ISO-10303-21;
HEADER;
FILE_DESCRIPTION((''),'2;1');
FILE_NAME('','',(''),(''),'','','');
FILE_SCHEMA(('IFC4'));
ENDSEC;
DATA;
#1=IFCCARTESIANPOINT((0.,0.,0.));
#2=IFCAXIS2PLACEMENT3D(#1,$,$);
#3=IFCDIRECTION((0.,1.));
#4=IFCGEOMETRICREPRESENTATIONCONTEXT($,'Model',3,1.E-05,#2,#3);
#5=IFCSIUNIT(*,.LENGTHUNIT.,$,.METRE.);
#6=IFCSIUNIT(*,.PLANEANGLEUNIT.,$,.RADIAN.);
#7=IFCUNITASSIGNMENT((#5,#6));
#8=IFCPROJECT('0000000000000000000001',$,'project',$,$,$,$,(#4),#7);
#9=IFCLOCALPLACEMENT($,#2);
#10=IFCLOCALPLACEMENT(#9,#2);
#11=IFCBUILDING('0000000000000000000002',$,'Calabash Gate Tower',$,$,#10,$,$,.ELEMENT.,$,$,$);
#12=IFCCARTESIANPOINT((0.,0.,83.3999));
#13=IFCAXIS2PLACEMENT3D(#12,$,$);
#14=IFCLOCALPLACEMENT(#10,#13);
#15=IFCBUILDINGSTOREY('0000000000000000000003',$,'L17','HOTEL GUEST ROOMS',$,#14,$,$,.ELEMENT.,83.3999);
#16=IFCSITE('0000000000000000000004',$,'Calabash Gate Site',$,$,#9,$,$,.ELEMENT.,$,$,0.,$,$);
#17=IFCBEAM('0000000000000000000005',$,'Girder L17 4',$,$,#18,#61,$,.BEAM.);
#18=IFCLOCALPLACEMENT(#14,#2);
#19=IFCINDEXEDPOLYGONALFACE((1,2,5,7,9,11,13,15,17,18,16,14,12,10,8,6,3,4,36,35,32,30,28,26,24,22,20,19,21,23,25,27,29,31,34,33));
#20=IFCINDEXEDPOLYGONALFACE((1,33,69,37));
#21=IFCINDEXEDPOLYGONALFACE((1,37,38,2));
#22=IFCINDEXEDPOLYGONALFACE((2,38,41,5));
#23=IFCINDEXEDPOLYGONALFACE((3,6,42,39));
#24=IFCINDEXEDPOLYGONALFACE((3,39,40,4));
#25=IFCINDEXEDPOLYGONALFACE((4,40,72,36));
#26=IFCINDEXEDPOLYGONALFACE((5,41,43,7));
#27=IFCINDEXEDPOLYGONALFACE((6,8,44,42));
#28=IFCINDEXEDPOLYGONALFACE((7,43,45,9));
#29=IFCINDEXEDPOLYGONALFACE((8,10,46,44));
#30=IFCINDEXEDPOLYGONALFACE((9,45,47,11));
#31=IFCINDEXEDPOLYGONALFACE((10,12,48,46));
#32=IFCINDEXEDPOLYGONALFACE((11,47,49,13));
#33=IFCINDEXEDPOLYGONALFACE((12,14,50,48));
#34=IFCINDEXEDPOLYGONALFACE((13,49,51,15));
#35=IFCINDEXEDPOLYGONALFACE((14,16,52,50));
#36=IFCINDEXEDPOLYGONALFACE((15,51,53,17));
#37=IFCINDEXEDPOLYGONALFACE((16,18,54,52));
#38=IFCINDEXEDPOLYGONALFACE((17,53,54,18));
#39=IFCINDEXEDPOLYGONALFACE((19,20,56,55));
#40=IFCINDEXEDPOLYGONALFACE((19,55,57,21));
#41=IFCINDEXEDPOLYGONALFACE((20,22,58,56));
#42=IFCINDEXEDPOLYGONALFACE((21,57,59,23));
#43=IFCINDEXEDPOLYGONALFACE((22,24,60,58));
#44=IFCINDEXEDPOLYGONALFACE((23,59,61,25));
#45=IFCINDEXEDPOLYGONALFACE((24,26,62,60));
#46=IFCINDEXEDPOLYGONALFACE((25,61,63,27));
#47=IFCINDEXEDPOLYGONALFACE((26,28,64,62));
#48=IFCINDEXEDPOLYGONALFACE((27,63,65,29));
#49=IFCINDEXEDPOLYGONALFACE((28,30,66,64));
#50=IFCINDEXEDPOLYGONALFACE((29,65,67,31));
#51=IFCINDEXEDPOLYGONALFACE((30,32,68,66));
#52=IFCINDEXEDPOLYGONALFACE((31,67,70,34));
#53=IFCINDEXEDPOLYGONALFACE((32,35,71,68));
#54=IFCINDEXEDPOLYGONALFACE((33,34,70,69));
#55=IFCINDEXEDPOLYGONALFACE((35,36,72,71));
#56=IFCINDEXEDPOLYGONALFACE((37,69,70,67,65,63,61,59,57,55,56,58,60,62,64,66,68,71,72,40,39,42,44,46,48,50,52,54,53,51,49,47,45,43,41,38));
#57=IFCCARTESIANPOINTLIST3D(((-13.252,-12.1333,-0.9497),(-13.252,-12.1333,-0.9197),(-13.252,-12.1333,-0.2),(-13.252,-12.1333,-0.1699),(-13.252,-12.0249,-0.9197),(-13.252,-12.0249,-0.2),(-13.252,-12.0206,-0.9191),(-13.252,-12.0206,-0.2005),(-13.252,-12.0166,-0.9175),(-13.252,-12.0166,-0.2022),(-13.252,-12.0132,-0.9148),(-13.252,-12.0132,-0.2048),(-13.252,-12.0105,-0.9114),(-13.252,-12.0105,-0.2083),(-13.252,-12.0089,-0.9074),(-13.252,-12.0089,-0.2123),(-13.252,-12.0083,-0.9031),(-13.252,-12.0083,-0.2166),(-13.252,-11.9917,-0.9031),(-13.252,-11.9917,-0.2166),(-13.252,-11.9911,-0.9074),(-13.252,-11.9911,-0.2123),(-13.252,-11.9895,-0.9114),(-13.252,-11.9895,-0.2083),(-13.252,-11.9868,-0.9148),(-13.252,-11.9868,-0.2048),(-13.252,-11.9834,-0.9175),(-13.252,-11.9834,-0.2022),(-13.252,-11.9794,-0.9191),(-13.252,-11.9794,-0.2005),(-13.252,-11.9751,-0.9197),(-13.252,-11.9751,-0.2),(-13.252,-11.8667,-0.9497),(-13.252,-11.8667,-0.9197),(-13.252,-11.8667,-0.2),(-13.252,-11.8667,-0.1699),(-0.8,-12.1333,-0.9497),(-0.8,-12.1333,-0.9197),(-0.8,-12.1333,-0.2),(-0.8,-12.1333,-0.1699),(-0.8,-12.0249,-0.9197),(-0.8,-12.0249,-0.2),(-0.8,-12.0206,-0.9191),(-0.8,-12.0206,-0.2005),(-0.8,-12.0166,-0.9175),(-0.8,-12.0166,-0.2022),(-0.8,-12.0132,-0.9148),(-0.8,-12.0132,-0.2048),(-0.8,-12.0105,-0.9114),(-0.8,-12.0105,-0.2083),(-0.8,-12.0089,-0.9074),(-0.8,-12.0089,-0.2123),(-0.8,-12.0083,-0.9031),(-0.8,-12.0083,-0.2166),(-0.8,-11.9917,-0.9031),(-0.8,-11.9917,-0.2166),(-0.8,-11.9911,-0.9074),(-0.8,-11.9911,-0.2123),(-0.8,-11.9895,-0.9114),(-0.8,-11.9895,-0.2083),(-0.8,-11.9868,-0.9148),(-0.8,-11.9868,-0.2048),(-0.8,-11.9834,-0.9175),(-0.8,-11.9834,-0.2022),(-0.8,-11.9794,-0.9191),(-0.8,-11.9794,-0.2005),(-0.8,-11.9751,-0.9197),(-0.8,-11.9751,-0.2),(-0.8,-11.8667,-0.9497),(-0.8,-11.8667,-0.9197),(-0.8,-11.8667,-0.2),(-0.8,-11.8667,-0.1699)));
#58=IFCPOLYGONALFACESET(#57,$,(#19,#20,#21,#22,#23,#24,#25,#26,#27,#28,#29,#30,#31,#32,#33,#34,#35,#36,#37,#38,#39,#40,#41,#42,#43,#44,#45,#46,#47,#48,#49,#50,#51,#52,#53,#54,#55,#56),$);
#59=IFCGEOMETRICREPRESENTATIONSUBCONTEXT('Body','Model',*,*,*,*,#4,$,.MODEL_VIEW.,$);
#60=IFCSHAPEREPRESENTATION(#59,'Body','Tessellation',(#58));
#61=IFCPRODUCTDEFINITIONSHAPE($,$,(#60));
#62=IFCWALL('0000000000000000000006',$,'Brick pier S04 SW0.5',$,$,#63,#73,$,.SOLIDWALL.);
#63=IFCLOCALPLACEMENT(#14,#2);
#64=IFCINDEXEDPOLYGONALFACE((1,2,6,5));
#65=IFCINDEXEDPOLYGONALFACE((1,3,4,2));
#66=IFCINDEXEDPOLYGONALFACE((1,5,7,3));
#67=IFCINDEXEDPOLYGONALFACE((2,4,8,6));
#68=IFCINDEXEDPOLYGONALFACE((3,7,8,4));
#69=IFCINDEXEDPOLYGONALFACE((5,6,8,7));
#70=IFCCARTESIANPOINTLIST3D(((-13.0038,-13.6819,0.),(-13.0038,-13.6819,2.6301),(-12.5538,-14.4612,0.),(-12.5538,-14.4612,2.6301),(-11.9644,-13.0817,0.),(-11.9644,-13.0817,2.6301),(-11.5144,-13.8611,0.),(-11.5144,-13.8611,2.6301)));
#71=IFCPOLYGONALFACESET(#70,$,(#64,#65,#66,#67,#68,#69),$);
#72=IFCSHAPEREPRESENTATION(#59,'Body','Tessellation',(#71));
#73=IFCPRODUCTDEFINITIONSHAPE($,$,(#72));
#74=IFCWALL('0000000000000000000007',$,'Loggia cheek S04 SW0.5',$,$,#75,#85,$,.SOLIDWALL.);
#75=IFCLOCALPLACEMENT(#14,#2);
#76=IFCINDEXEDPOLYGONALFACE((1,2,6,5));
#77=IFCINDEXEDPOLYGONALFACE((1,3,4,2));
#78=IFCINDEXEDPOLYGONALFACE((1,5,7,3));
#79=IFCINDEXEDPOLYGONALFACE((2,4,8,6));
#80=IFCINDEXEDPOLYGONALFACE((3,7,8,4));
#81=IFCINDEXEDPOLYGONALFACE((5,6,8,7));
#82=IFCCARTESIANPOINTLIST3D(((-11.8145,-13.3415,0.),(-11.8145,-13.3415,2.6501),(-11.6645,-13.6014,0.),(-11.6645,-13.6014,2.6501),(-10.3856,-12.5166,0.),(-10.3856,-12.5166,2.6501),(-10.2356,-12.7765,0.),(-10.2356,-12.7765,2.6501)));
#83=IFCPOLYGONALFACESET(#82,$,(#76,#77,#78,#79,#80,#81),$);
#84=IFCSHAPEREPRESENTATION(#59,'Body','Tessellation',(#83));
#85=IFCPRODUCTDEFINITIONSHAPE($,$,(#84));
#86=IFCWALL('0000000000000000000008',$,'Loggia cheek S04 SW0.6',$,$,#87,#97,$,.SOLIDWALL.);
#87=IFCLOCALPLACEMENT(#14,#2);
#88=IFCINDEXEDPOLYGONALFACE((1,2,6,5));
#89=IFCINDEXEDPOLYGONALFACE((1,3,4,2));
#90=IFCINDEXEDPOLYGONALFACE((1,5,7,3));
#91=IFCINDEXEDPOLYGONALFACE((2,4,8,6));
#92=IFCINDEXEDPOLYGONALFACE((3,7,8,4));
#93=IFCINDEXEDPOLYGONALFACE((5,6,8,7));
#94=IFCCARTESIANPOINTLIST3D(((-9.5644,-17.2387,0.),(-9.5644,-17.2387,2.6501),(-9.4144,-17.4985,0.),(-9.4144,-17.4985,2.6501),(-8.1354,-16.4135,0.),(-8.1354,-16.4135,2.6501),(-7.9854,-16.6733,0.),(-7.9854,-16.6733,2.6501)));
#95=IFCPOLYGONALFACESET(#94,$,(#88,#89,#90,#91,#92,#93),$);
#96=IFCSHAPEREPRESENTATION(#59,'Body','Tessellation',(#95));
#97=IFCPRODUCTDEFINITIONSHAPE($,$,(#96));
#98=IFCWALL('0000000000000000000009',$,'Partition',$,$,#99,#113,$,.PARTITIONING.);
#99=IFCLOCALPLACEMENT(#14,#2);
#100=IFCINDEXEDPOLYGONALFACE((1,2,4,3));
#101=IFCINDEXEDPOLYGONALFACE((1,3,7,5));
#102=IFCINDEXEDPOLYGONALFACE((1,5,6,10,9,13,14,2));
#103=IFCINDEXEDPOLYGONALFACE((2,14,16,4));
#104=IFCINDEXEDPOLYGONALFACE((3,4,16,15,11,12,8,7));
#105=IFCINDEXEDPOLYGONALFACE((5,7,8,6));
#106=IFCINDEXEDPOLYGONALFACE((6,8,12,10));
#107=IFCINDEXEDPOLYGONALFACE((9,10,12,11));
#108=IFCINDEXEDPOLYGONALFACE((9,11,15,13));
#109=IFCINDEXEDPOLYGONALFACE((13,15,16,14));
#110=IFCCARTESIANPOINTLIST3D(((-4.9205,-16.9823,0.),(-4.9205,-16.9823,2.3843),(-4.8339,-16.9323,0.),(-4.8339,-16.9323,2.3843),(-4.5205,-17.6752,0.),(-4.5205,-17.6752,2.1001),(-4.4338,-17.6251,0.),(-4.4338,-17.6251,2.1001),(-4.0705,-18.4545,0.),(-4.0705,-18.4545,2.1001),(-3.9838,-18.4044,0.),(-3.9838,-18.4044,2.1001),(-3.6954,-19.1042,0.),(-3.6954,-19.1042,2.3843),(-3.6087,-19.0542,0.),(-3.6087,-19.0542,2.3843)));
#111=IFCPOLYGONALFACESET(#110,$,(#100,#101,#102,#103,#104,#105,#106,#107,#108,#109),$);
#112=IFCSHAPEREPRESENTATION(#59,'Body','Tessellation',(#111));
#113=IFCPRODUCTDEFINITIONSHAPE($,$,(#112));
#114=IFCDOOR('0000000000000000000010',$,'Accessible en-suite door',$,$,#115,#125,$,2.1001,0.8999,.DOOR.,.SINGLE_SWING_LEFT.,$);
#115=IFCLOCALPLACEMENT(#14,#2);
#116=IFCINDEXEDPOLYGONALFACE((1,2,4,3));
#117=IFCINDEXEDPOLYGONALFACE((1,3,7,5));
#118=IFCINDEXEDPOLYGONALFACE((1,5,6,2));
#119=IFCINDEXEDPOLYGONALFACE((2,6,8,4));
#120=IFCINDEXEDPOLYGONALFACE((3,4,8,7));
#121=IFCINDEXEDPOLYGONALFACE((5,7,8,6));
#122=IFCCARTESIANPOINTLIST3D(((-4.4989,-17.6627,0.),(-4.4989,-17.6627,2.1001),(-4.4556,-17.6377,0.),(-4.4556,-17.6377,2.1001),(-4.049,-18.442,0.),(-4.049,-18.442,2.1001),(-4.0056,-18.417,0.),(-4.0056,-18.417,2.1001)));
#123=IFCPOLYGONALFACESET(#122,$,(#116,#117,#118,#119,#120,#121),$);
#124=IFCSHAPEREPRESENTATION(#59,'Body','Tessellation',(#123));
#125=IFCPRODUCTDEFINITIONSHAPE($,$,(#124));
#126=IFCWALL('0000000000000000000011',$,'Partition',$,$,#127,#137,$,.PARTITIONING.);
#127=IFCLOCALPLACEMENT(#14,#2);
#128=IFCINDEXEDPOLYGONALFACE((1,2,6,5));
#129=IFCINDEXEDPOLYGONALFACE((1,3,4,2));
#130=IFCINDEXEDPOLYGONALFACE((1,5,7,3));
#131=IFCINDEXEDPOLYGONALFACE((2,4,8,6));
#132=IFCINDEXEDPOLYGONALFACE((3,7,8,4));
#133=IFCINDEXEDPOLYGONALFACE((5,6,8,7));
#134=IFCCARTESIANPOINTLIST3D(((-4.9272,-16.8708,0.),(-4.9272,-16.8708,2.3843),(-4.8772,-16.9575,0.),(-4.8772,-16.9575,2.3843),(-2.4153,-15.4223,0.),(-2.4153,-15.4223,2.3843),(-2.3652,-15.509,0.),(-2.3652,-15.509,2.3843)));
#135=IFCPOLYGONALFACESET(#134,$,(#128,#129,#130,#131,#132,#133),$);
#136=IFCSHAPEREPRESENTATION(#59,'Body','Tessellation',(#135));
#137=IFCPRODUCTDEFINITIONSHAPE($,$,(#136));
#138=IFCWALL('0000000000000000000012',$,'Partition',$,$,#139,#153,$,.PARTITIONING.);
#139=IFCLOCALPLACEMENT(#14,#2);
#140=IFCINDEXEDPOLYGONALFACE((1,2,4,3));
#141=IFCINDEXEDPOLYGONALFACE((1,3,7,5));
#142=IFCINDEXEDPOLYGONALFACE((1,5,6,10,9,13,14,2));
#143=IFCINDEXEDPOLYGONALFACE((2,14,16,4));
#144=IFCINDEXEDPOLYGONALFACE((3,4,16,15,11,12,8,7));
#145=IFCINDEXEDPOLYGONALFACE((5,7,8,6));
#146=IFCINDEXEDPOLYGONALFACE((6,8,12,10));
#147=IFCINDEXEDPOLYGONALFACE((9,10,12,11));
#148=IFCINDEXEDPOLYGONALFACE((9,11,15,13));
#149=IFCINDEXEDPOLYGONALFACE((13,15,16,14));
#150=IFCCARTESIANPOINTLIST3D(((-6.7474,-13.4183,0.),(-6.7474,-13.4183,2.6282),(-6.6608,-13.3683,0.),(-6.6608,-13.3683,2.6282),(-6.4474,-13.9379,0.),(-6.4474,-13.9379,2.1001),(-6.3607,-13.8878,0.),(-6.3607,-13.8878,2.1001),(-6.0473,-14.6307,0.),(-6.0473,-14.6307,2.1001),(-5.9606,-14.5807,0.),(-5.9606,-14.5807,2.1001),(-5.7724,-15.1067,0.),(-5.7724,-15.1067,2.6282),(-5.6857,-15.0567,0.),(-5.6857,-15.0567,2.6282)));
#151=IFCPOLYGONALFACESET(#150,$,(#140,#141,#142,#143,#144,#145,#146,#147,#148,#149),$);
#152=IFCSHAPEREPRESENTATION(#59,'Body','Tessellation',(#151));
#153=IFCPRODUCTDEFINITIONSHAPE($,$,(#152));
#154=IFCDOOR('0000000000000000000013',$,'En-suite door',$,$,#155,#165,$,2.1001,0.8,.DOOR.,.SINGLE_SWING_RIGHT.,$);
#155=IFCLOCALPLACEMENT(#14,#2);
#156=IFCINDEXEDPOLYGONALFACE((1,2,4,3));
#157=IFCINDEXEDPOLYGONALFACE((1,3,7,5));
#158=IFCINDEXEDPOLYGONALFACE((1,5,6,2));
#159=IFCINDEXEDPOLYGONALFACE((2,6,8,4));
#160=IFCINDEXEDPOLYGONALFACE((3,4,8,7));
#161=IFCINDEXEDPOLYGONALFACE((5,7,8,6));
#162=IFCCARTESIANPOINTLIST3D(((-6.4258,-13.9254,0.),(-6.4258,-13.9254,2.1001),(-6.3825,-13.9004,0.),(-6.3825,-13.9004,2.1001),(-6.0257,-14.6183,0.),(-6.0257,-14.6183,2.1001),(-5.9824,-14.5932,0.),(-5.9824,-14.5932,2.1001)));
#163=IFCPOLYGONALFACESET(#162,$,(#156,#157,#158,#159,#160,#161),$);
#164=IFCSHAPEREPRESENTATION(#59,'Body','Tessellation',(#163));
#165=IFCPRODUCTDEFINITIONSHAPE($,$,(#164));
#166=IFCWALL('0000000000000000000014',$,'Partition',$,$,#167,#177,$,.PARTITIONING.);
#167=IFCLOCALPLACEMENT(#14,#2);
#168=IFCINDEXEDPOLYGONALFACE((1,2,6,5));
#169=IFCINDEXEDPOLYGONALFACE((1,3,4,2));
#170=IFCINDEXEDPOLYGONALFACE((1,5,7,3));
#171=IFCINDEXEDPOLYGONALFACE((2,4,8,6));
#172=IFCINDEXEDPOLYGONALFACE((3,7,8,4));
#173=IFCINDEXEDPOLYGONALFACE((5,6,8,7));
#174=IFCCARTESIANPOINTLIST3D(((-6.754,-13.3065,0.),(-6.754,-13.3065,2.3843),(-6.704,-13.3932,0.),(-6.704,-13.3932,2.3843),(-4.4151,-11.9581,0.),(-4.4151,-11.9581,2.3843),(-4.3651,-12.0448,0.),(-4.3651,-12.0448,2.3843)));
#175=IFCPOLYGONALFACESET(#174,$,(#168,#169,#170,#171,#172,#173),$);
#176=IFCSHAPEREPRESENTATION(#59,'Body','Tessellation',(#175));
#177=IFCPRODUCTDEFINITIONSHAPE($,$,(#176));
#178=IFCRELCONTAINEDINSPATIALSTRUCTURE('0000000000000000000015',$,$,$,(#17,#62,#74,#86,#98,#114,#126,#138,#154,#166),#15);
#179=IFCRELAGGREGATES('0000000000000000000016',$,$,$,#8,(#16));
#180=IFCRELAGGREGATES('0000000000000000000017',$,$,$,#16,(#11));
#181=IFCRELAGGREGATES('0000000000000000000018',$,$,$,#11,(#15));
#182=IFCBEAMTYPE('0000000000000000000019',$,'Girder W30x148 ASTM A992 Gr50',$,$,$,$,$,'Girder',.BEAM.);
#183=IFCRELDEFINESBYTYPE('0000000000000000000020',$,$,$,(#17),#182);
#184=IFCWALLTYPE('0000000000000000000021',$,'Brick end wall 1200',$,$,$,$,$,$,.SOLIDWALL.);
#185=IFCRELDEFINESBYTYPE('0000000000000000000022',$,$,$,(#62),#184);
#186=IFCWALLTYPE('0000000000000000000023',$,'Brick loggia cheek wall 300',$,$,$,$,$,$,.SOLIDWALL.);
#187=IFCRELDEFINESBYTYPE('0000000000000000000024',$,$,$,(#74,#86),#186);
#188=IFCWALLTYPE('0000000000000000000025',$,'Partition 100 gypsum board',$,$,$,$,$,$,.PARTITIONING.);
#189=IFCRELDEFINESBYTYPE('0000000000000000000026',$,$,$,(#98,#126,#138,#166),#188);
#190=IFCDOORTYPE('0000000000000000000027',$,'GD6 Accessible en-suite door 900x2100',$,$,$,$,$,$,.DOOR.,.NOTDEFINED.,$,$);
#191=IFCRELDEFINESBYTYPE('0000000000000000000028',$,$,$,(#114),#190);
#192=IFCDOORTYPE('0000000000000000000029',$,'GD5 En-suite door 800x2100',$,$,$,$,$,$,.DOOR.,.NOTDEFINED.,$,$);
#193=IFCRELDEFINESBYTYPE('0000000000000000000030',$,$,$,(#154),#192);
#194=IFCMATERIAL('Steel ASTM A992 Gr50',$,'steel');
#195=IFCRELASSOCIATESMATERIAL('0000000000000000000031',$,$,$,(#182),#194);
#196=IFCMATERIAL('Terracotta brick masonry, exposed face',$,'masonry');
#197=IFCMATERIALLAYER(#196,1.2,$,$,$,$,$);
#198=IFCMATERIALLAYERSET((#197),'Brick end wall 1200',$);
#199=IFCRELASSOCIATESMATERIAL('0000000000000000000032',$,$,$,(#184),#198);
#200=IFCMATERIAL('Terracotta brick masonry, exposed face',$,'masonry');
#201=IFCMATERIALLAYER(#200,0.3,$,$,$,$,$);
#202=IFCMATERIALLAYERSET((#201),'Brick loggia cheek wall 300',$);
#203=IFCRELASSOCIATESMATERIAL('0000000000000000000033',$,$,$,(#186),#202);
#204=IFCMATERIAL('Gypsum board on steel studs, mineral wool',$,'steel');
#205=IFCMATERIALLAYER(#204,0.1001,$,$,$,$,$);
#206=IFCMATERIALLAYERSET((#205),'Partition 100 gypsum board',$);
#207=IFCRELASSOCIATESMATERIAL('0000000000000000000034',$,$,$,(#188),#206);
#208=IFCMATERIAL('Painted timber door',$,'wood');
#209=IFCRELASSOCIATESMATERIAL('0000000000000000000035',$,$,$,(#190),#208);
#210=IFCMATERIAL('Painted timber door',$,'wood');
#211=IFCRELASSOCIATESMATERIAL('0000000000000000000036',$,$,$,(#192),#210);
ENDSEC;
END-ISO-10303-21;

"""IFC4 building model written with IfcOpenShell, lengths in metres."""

from ifc_helpers import new_model, si_unit, direction, frame, frame_2d, origin, origin_2d, place, context, subcontext, project, spatial, rectangle, i_section, extrude, material, layer, layer_set, material_profile, profile_set, type_object, element, fill, save


model = new_model("IFC4")

# Units and contexts
model_context = context("Model", 3, precision=1e-05, world=origin(), true_north=direction((0.0, 1.0)))
body_context = subcontext(model_context, "Body", "Model", "MODEL_VIEW")
ifc_project = project(units=[si_unit("LENGTHUNIT", "METRE"), si_unit("PLANEANGLEUNIT", "RADIAN")], contexts=[model_context])

# Site, building, storey
site_placement = place(None, origin())
site = spatial("IfcSite", under=ifc_project, at=site_placement, Name="Calabash Gate Site", CompositionType="ELEMENT", RefElevation=0.0)
building_placement = place(site_placement, origin())
building = spatial("IfcBuilding", under=site, at=building_placement, Name="Calabash Gate Tower", CompositionType="ELEMENT")
storey_placement = place(building_placement, frame((0.0, 0.0, 83.3999)))
storey = spatial("IfcBuildingStorey", under=building, at=storey_placement, Name="L17", Description="HOTEL GUEST ROOMS", CompositionType="ELEMENT", Elevation=83.3999)

# Beam
ifc_material_1 = material(Name="Steel ASTM A992 Gr50", Category="steel")
ifc_material_profile_1 = material_profile(ifc_material_1, i_section(OverallWidth=0.2666, OverallDepth=0.7798, WebThickness=0.0166, FlangeThickness=0.03, FilletRadius=0.0166, at=origin_2d()))
ifc_profile_set_1 = profile_set([ifc_material_profile_1], Name="Steel ASTM A992 Gr50")
beam_type_1 = type_object("IfcBeamType", Name="Girder W30x148 ASTM A992 Gr50", ElementType="Girder", PredefinedType="BEAM", material=ifc_profile_set_1)
beam_1_placement = place(storey_placement, frame((-13.252, -12.0, -0.5598), z_axis=(1.0, 0.0, 0.0), x_axis=(0.0, 1.0, 0.0)))
element("IfcBeam", 1, at=beam_1_placement, inside=storey, type_object=beam_type_1, Name="Girder L17 4", PredefinedType="BEAM", context=body_context, shape_type="SweptSolid", body=[
    extrude(i_section(OverallWidth=0.2666, OverallDepth=0.7798, WebThickness=0.0166, FlangeThickness=0.03, FilletRadius=0.0166, at=origin_2d()), origin(), (0.0, 0.0, 1.0), 12.4519),
])

# Walls
ifc_material_2 = material(Name="Terracotta brick masonry, exposed face", Category="masonry")
ifc_layer_1 = layer(ifc_material_2, 1.2)
ifc_layer_set_1 = layer_set([ifc_layer_1], Name="Brick end wall 1200")
wall_type_1 = type_object("IfcWallType", Name="Brick end wall 1200", PredefinedType="SOLIDWALL", material=ifc_layer_set_1)
wall_1_placement = place(storey_placement, frame((-12.7788, -14.0715, 0.0), z_axis=(0.0, 0.0, 1.0), x_axis=(0.866006, 0.500034, 0.0)))
element("IfcWall", 2, at=wall_1_placement, inside=storey, type_object=wall_type_1, Name="Brick pier S04 SW0.5", PredefinedType="SOLIDWALL", context=body_context, shape_type="SweptSolid", body=[
    extrude(rectangle(XDim=1.2002, YDim=0.8999, at=frame_2d((0.6001, 0.0))), origin(), (0.0, 0.0, 1.0), 2.6301),
])
ifc_material_3 = material(Name="Terracotta brick masonry, exposed face", Category="masonry")
ifc_layer_2 = layer(ifc_material_3, 0.3)
ifc_layer_set_2 = layer_set([ifc_layer_2], Name="Brick loggia cheek wall 300")
wall_type_2 = type_object("IfcWallType", Name="Brick loggia cheek wall 300", PredefinedType="SOLIDWALL", material=ifc_layer_set_2)
wall_2_placement = place(storey_placement, frame((-11.7395, -13.4714, 0.0), z_axis=(0.0, 0.0, 1.0), x_axis=(0.86604, 0.499974, 0.0)))
element("IfcWall", 3, at=wall_2_placement, inside=storey, type_object=wall_type_2, Name="Loggia cheek S04 SW0.5", PredefinedType="SOLIDWALL", context=body_context, shape_type="SweptSolid", body=[
    extrude(rectangle(XDim=1.6499, YDim=0.3, at=frame_2d((0.825, 0.0))), origin(), (0.0, 0.0, 1.0), 2.6501),
])
wall_3_placement = place(storey_placement, frame((-9.4895, -17.3687, 0.0), z_axis=(0.0, 0.0, 1.0), x_axis=(0.865976, 0.500085, 0.0)))
element("IfcWall", 4, at=wall_3_placement, inside=storey, type_object=wall_type_2, Name="Loggia cheek S04 SW0.6", PredefinedType="SOLIDWALL", context=body_context, shape_type="SweptSolid", body=[
    extrude(rectangle(XDim=1.6501, YDim=0.3, at=frame_2d((0.8252, 0.0))), origin(), (0.0, 0.0, 1.0), 2.6501),
])

# Wall, opening, door
ifc_material_4 = material(Name="Gypsum board on steel studs, mineral wool", Category="steel")
ifc_layer_3 = layer(ifc_material_4, 0.1001)
ifc_layer_set_3 = layer_set([ifc_layer_3], Name="Partition 100 gypsum board")
wall_type_3 = type_object("IfcWallType", Name="Partition 100 gypsum board", PredefinedType="PARTITIONING", material=ifc_layer_set_3)
wall_4_placement = place(storey_placement, frame((-4.8772, -16.9573, 0.0), z_axis=(0.0, 0.0, 1.0), x_axis=(0.500019, -0.866015, 0.0)))
wall_4 = element("IfcWall", 5, at=wall_4_placement, inside=storey, type_object=wall_type_3, Name="Partition", PredefinedType="PARTITIONING", context=body_context, shape_type="SweptSolid", body=[
    extrude(rectangle(XDim=2.4502, YDim=0.1001, at=frame_2d((1.2251, 0.0))), origin(), (0.0, 0.0, 1.0), 2.3843),
])
opening_1_placement = place(wall_4_placement, frame((0.8, 0.0, 0.0)))
opening_1 = element("IfcOpeningElement", 6, at=opening_1_placement, cuts=wall_4, PredefinedType="OPENING", context=body_context, shape_type="SweptSolid", body=[
    extrude(rectangle(XDim=0.8999, YDim=2.1001, at=frame_2d((0.45, 1.05))), frame((0.0, 0.0601, 0.0), z_axis=(0.0, -1.0, 0.0), x_axis=(1.0, 0.0, 0.0)), (0.0, 0.0, 1.0), 0.1201),
])
ifc_material_5 = material(Name="Painted timber door", Category="wood")
door_type_1 = type_object("IfcDoorType", Name="GD6 Accessible en-suite door 900x2100", OperationType="NOTDEFINED", PredefinedType="DOOR", material=ifc_material_5)
door_1_placement = place(opening_1_placement, origin())
door_1 = element("IfcDoor", 7, at=door_1_placement, inside=storey, type_object=door_type_1, Name="Accessible en-suite door", OperationType="SINGLE_SWING_LEFT", OverallHeight=2.1001, OverallWidth=0.8999, PredefinedType="DOOR", context=body_context, shape_type="SweptSolid", body=[
    extrude(rectangle(XDim=0.8999, YDim=2.1001, at=frame_2d((0.45, 1.05))), frame((0.0, 0.0249, 0.0), z_axis=(0.0, -1.0, 0.0), x_axis=(1.0, 0.0, 0.0)), (0.0, 0.0, 1.0), 0.05),
])
fill(opening_1, door_1)

# Wall
wall_5_placement = place(storey_placement, frame((-4.9021, -16.9141, 0.0), z_axis=(0.0, 0.0, 1.0), x_axis=(0.866293, 0.499535, 0.0)))
element("IfcWall", 8, at=wall_5_placement, inside=storey, type_object=wall_type_3, Name="Partition", PredefinedType="PARTITIONING", context=body_context, shape_type="SweptSolid", body=[
    extrude(rectangle(XDim=2.8997, YDim=0.1001, at=frame_2d((1.4497, 0.0))), origin(), (0.0, 0.0, 1.0), 2.3843),
])

# Wall, opening, door
wall_6_placement = place(storey_placement, frame((-6.7041, -13.3933, 0.0), z_axis=(0.0, 0.0, 1.0), x_axis=(0.500098, -0.865969, 0.0)))
wall_6 = element("IfcWall", 9, at=wall_6_placement, inside=storey, type_object=wall_type_3, Name="Partition", PredefinedType="PARTITIONING", context=body_context, shape_type="SweptSolid", body=[
    extrude(rectangle(XDim=1.9497, YDim=0.1001, at=frame_2d((0.9749, 0.0))), origin(), (0.0, 0.0, 1.0), 2.6282),
])
opening_2_placement = place(wall_6_placement, frame((0.6001, 0.0, 0.0)))
opening_2 = element("IfcOpeningElement", 10, at=opening_2_placement, cuts=wall_6, PredefinedType="OPENING", context=body_context, shape_type="SweptSolid", body=[
    extrude(rectangle(XDim=0.8, YDim=2.1001, at=frame_2d((0.3999, 1.05))), frame((0.0, 0.0601, 0.0), z_axis=(0.0, -1.0, 0.0), x_axis=(1.0, 0.0, 0.0)), (0.0, 0.0, 1.0), 0.1201),
])
ifc_material_6 = material(Name="Painted timber door", Category="wood")
door_type_2 = type_object("IfcDoorType", Name="GD5 En-suite door 800x2100", OperationType="NOTDEFINED", PredefinedType="DOOR", material=ifc_material_6)
door_2_placement = place(opening_2_placement, origin())
door_2 = element("IfcDoor", 11, at=door_2_placement, inside=storey, type_object=door_type_2, Name="En-suite door", OperationType="SINGLE_SWING_RIGHT", OverallHeight=2.1001, OverallWidth=0.8, PredefinedType="DOOR", context=body_context, shape_type="SweptSolid", body=[
    extrude(rectangle(XDim=0.8, YDim=2.1001, at=frame_2d((0.3999, 1.05))), frame((0.0, 0.0249, 0.0), z_axis=(0.0, -1.0, 0.0), x_axis=(1.0, 0.0, 0.0)), (0.0, 0.0, 1.0), 0.05),
])
fill(opening_2, door_2)

# Wall
wall_7_placement = place(storey_placement, frame((-6.729, -13.3499, 0.0), z_axis=(0.0, 0.0, 1.0), x_axis=(0.866339, 0.499456, 0.0)))
element("IfcWall", 12, at=wall_7_placement, inside=storey, type_object=wall_type_3, Name="Partition", PredefinedType="PARTITIONING", context=body_context, shape_type="SweptSolid", body=[
    extrude(rectangle(XDim=2.6997, YDim=0.1001, at=frame_2d((1.3499, 0.0))), origin(), (0.0, 0.0, 1.0), 2.3843),
])

save(model, "model.ifc")
